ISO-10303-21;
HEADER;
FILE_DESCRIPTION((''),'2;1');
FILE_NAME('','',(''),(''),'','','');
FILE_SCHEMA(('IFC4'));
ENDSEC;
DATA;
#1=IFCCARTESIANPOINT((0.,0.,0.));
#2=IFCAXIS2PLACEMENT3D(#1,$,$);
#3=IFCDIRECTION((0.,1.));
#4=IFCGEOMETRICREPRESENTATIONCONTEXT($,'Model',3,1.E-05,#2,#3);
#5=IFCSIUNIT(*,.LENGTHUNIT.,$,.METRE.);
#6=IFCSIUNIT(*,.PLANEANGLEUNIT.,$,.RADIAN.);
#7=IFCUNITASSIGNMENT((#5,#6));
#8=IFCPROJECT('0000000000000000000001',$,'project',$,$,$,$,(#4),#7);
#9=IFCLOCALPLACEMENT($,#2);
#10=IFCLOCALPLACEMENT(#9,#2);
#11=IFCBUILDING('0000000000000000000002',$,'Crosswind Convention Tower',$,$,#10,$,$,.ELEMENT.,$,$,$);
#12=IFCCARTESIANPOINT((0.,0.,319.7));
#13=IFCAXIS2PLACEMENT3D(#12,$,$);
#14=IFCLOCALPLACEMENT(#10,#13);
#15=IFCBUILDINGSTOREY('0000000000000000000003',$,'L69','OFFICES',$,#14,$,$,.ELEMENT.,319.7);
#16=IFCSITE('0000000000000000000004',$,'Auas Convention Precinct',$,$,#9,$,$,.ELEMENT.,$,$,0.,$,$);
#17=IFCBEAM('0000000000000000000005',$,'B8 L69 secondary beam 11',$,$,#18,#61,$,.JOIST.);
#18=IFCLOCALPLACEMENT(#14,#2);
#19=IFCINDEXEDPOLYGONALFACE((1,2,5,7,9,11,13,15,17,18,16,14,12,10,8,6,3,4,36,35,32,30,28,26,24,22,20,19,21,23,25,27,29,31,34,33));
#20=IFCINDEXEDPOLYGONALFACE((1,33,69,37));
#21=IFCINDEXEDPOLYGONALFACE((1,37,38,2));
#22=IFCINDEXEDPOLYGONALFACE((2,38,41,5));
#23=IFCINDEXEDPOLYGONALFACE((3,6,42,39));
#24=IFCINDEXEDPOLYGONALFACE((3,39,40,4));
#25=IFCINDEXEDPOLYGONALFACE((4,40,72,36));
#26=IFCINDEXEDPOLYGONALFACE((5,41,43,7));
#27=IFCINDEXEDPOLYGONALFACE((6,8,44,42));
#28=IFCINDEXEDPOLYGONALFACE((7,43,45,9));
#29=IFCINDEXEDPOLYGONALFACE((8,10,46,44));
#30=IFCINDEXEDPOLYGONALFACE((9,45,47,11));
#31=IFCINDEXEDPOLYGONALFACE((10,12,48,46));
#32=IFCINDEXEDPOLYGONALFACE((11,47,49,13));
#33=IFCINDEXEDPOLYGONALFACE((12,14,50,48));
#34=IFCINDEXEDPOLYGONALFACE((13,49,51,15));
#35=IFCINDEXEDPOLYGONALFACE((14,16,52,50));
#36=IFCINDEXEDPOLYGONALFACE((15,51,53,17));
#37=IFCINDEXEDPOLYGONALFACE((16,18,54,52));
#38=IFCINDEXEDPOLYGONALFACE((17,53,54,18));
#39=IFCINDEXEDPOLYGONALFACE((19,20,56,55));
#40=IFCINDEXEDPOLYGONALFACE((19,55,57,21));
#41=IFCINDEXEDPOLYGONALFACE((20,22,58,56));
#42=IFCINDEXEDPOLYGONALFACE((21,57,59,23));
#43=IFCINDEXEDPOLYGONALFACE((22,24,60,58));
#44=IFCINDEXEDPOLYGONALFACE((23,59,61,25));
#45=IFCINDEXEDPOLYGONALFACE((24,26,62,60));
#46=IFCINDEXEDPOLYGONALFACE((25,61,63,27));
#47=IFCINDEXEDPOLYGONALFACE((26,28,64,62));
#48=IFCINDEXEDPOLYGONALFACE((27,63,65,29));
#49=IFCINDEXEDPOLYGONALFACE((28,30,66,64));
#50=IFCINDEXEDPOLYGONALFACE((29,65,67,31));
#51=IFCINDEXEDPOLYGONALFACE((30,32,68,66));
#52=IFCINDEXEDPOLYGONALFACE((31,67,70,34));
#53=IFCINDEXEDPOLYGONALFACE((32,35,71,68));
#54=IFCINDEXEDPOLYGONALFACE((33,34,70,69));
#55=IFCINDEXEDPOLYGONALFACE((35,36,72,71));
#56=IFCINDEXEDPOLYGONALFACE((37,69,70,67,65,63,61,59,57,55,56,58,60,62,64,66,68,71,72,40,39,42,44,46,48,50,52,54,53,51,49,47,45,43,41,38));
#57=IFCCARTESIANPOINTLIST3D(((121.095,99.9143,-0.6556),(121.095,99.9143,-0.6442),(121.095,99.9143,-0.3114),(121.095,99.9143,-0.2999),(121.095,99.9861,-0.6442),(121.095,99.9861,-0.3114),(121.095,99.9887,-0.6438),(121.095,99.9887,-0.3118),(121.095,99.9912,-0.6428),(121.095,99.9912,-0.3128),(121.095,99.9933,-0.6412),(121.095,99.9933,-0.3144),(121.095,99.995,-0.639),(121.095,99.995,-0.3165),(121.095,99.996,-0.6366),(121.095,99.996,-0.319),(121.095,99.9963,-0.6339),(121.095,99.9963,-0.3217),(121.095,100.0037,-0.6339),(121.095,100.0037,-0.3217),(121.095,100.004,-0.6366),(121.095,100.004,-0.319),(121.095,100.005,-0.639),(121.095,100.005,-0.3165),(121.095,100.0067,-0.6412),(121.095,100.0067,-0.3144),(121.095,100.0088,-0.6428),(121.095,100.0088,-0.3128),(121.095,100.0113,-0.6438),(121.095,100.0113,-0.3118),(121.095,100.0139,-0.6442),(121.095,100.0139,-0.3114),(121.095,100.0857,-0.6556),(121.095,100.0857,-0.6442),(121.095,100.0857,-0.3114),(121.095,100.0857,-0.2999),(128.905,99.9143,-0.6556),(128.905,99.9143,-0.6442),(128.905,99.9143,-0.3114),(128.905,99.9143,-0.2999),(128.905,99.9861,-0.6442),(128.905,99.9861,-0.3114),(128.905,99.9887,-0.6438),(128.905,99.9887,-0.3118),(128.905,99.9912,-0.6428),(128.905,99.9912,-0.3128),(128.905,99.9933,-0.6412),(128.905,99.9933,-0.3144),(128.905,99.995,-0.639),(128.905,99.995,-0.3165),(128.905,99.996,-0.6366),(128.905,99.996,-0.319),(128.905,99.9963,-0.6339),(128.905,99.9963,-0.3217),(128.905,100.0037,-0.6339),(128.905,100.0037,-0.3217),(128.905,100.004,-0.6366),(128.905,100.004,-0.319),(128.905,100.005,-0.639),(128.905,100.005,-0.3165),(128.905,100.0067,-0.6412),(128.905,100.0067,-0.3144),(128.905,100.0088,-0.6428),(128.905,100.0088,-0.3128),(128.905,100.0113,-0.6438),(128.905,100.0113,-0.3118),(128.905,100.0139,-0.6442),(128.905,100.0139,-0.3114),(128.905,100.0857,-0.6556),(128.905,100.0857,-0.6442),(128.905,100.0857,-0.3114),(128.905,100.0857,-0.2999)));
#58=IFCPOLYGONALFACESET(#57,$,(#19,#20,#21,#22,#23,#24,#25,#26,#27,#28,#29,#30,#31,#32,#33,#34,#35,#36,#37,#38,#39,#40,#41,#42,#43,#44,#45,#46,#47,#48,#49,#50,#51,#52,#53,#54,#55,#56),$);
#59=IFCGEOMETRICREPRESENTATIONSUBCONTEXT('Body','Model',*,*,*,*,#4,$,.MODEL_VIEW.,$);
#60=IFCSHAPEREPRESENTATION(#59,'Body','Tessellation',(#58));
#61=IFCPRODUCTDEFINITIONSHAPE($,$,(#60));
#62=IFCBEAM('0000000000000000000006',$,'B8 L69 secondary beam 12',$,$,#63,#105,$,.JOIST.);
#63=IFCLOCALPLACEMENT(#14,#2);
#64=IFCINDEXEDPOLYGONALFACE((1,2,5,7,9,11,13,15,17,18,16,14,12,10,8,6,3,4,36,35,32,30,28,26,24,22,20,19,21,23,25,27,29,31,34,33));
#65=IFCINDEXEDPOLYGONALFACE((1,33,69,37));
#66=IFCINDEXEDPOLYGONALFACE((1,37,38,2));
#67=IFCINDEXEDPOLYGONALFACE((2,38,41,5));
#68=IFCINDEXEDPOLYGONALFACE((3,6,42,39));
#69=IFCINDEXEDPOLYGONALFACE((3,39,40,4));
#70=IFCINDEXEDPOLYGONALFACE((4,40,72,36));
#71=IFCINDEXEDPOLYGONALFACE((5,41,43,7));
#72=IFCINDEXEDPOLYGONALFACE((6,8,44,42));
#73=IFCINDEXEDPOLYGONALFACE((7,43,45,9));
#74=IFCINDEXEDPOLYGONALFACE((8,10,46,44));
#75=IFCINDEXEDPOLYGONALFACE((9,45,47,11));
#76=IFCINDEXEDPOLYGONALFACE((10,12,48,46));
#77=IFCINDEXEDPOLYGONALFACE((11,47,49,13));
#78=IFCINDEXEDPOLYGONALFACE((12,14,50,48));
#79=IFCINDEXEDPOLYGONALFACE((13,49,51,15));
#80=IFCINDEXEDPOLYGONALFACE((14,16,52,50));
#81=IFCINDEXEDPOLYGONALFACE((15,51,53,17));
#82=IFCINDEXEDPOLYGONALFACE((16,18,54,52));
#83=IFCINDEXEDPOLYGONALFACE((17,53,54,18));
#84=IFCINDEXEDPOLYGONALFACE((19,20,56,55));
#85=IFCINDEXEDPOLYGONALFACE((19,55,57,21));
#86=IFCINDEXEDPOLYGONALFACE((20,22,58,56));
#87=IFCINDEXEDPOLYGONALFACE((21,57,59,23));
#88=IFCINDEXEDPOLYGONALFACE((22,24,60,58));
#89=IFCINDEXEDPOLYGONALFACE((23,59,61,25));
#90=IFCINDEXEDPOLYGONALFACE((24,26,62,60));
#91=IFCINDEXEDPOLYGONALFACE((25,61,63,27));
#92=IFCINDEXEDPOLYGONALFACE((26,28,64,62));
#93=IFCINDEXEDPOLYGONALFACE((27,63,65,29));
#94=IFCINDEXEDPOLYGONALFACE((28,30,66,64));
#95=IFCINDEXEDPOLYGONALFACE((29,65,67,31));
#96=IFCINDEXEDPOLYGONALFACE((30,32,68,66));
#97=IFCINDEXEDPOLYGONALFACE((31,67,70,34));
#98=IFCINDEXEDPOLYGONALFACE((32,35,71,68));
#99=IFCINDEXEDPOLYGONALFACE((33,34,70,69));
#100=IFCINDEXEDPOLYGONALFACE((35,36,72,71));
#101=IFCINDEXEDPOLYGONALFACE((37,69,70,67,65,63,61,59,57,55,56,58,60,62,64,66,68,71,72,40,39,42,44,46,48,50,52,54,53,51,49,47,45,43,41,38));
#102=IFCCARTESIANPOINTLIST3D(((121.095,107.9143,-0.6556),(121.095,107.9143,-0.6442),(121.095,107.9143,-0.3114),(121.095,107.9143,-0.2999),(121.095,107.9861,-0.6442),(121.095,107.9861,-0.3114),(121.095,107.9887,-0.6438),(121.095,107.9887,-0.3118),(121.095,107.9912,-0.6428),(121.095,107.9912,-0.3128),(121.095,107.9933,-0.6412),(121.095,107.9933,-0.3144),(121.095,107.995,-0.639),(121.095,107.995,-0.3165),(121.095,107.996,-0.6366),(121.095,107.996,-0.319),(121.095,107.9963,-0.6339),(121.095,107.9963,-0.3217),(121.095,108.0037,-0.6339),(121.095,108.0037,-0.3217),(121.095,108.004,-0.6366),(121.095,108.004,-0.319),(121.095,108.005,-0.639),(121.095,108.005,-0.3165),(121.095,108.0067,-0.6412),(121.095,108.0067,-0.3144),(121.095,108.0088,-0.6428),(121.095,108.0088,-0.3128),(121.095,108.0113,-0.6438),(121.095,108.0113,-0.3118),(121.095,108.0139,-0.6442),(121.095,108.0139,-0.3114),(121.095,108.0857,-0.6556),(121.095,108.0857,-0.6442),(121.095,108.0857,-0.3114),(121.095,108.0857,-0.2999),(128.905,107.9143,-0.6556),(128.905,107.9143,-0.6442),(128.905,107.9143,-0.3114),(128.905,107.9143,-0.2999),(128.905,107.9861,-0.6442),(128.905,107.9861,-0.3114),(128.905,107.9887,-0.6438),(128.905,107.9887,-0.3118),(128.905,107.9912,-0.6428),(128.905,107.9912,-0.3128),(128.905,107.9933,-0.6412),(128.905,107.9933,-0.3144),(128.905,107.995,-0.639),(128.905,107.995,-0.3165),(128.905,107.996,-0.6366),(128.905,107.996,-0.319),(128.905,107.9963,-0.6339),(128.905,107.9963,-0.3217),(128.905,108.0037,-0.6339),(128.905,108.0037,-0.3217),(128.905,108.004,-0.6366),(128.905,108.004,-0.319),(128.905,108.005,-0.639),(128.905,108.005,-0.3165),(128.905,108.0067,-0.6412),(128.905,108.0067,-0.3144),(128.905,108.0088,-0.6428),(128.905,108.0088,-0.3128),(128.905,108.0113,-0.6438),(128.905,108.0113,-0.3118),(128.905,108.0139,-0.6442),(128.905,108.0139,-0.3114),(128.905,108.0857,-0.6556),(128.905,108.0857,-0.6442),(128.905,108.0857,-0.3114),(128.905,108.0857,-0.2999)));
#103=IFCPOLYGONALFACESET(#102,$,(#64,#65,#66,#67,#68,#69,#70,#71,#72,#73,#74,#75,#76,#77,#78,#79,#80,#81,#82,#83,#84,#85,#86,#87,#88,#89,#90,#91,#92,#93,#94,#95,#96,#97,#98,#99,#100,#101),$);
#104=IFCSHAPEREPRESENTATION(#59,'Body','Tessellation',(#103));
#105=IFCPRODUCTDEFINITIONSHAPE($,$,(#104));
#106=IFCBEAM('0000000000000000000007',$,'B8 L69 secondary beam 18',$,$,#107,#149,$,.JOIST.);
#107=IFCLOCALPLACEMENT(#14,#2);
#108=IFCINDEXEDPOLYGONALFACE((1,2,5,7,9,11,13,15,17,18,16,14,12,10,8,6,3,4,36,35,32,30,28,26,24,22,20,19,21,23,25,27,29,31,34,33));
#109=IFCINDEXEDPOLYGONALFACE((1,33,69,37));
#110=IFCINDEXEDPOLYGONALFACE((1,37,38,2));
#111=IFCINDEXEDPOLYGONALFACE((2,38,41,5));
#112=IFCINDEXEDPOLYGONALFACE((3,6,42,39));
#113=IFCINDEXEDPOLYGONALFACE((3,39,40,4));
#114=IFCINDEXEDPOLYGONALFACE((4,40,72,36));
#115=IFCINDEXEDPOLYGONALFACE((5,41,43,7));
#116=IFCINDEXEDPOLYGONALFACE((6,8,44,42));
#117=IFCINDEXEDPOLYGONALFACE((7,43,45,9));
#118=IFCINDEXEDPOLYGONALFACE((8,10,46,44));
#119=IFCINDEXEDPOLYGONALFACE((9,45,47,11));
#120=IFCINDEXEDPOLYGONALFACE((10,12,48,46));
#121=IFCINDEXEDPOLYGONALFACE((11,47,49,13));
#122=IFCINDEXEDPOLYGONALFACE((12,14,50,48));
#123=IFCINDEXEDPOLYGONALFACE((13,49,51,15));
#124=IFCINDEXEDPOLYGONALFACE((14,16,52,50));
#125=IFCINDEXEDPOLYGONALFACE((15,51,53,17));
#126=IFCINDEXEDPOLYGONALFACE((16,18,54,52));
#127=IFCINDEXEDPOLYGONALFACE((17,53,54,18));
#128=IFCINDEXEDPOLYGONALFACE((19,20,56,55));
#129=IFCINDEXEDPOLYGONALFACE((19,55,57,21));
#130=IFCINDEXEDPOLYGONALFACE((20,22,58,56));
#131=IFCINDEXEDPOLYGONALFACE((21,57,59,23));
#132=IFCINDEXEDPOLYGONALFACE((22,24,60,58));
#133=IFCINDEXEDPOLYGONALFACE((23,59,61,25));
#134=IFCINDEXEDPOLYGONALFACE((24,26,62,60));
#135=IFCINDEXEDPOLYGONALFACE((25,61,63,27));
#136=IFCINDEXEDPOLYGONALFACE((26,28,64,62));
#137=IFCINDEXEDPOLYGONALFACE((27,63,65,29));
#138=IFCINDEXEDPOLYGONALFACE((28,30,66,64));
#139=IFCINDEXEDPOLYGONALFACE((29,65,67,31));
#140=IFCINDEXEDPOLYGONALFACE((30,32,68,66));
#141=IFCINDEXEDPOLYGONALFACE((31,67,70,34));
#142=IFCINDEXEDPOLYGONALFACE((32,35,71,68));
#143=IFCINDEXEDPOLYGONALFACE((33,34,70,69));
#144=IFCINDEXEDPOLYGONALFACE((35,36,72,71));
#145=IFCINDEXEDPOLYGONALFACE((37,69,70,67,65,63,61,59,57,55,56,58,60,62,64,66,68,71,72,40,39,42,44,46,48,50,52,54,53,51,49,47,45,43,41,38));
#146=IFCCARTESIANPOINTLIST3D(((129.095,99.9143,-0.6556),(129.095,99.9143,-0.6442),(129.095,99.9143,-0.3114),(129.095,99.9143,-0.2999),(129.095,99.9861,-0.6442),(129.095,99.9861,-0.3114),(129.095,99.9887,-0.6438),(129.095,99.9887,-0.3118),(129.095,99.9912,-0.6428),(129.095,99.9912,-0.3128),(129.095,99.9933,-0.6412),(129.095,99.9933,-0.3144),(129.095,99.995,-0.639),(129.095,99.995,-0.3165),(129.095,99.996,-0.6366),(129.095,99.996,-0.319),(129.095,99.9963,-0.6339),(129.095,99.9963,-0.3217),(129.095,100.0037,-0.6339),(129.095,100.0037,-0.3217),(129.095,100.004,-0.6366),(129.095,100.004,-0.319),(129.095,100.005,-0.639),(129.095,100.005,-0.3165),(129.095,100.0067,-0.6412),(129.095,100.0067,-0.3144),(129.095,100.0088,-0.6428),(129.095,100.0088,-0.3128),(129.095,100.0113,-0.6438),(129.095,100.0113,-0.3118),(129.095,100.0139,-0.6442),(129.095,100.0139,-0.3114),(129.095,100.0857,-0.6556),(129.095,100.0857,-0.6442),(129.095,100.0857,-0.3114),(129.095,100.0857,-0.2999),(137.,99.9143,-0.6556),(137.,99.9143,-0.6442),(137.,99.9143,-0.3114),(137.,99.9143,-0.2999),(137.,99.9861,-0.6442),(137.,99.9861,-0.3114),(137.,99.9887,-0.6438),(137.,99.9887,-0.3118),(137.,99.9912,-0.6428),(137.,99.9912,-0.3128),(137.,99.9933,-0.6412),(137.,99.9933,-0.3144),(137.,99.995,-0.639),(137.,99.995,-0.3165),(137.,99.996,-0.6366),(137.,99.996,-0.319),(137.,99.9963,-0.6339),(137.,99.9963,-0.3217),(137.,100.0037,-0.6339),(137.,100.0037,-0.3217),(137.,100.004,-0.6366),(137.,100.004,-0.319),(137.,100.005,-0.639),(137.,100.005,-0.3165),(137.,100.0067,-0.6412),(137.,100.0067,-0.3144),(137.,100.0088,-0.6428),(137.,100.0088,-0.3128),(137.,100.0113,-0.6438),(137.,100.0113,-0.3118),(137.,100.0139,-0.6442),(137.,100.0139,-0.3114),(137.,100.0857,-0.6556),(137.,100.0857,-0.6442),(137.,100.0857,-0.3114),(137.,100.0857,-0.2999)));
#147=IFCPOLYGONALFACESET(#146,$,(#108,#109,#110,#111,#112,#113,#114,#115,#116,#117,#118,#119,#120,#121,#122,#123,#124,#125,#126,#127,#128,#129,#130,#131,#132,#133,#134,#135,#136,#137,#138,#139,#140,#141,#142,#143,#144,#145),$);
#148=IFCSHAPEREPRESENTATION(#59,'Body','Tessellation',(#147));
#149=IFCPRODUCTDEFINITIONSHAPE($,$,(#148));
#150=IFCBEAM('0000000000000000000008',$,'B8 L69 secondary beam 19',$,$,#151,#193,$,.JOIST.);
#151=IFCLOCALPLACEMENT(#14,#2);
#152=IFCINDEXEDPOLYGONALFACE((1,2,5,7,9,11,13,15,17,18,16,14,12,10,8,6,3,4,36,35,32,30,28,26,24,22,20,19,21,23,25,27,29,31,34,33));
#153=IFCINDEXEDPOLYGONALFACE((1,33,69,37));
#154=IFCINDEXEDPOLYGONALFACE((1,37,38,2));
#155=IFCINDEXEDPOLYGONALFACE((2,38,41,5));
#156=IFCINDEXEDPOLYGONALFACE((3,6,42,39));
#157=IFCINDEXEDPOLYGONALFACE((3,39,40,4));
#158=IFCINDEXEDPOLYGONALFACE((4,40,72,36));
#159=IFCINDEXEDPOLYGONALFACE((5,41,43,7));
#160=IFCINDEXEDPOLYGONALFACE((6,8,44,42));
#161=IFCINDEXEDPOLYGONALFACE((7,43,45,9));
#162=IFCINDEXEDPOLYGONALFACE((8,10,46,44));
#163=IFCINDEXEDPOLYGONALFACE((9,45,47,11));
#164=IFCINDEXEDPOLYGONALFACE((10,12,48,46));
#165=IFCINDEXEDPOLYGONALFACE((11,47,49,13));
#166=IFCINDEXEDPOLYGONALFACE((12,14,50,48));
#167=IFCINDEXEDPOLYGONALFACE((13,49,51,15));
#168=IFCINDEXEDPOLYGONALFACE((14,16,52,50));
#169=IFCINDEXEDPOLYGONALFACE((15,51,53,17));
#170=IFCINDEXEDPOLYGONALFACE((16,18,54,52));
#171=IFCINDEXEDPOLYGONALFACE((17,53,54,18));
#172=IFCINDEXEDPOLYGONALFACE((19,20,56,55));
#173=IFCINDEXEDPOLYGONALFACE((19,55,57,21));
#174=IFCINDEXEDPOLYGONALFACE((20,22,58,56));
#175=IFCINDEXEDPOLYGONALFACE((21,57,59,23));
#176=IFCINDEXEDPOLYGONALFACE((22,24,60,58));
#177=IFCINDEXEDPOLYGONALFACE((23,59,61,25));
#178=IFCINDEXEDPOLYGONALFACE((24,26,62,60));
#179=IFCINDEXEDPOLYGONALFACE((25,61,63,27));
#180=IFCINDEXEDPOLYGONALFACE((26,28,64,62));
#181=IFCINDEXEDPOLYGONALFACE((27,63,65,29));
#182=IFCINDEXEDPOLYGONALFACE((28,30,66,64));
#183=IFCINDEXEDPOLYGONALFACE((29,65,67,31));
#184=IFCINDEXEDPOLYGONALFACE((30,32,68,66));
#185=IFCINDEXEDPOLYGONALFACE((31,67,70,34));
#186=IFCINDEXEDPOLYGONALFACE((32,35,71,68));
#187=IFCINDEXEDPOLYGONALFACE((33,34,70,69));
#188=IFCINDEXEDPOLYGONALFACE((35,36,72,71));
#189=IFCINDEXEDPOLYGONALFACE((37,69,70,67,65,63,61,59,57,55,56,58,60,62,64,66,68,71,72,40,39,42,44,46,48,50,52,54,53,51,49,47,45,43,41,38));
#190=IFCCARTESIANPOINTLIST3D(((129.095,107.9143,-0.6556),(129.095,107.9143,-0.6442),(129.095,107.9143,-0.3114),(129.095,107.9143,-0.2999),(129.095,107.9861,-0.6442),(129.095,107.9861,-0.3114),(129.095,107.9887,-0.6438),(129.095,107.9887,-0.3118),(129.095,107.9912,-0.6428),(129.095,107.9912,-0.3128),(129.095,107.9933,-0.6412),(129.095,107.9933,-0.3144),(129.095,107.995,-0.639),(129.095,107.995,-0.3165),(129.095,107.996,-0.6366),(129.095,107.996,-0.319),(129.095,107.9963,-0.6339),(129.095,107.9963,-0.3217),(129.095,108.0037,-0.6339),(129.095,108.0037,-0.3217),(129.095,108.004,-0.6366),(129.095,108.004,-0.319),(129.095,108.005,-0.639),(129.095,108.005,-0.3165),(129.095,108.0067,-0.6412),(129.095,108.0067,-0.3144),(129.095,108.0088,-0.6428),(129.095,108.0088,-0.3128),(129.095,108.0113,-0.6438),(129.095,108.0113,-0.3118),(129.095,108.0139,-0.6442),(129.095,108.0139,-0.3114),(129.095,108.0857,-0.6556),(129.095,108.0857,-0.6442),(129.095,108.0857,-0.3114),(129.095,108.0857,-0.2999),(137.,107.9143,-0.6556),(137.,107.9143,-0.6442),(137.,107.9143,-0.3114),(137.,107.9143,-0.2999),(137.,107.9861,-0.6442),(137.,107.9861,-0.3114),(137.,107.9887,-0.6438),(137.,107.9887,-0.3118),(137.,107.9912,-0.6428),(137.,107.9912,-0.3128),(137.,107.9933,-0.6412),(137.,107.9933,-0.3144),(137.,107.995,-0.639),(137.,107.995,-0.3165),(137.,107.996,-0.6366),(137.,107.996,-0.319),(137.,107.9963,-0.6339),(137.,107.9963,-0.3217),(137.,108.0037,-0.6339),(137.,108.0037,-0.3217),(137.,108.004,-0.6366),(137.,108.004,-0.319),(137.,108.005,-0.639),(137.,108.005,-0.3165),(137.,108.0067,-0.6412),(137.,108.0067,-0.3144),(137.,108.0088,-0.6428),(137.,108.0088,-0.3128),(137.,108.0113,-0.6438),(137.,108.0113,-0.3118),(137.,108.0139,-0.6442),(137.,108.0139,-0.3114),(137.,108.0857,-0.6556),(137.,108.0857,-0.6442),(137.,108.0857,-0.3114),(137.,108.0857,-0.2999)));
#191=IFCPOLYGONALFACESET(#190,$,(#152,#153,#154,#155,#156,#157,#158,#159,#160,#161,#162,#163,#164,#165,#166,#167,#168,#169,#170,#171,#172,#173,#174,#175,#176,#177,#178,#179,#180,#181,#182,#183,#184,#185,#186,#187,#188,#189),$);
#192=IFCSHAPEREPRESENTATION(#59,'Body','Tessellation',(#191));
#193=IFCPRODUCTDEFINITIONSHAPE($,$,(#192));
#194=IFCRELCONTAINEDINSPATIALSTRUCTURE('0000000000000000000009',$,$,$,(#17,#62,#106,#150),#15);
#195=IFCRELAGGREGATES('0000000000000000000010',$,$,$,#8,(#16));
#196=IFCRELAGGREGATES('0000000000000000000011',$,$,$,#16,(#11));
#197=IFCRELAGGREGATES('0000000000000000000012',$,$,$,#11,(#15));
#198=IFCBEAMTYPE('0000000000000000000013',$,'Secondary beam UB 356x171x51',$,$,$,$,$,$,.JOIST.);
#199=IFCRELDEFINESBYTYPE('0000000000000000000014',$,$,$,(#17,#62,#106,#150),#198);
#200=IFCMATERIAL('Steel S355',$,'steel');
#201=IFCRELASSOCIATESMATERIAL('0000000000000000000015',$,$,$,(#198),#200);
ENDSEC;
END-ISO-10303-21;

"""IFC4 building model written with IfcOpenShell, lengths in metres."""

from ifc_helpers import new_model, si_unit, direction, frame, origin, origin_2d, place, context, subcontext, project, spatial, i_section, extrude, material, material_profile, profile_set, type_object, element, save


model = new_model("IFC4")

# Units and contexts
model_context = context("Model", 3, precision=1e-05, world=origin(), true_north=direction((0.0, 1.0)))
body_context = subcontext(model_context, "Body", "Model", "MODEL_VIEW")
ifc_project = project(units=[si_unit("LENGTHUNIT", "METRE"), si_unit("PLANEANGLEUNIT", "RADIAN")], contexts=[model_context])

# Site, building, storey
site_placement = place(None, origin())
site = spatial("IfcSite", under=ifc_project, at=site_placement, Name="Auas Convention Precinct", CompositionType="ELEMENT", RefElevation=0.0)
building_placement = place(site_placement, origin())
building = spatial("IfcBuilding", under=site, at=building_placement, Name="Crosswind Convention Tower", CompositionType="ELEMENT")
storey_placement = place(building_placement, frame((0.0, 0.0, 319.7)))
storey = spatial("IfcBuildingStorey", under=building, at=storey_placement, Name="L69", Description="OFFICES", CompositionType="ELEMENT", Elevation=319.7)

# Beams
ifc_material_1 = material(Name="Steel S355", Category="steel")
ifc_material_profile_1 = material_profile(ifc_material_1, i_section(OverallWidth=0.1714, OverallDepth=0.3557, WebThickness=0.0073, FlangeThickness=0.0115, FilletRadius=0.0103, at=origin_2d()), Name="UB 356x171x51")
ifc_profile_set_1 = profile_set([ifc_material_profile_1], Name="Steel S355")
beam_type_1 = type_object("IfcBeamType", Name="Secondary beam UB 356x171x51", PredefinedType="JOIST", material=ifc_profile_set_1)
for number, where, z_axis, x_axis, name in (
    (1, (121.095, 100.0, -0.4778), (1.0, 0.0, 0.0), (0.0, 1.0, 0.0), "B8 L69 secondary beam 11"),
    (2, (121.095, 108.0, -0.4778), (1.0, 0.0, 0.0), (0.0, 1.0, 0.0), "B8 L69 secondary beam 12"),
):
    element("IfcBeam", number, at=place(storey_placement, frame(where, z_axis=z_axis, x_axis=x_axis)), inside=storey, type_object=beam_type_1, Name=name, PredefinedType="JOIST", context=body_context, shape_type="SweptSolid", body=[
        extrude(i_section(OverallWidth=0.1714, OverallDepth=0.3557, WebThickness=0.0073, FlangeThickness=0.0115, FilletRadius=0.0103, at=origin_2d()), origin(), (0.0, 0.0, 1.0), 7.8101),
    ])
for number, where, z_axis, x_axis, name in (
    (3, (129.095, 100.0, -0.4778), (1.0, 0.0, 0.0), (0.0, 1.0, 0.0), "B8 L69 secondary beam 18"),
    (4, (129.095, 108.0, -0.4778), (1.0, 0.0, 0.0), (0.0, 1.0, 0.0), "B8 L69 secondary beam 19"),
):
    element("IfcBeam", number, at=place(storey_placement, frame(where, z_axis=z_axis, x_axis=x_axis)), inside=storey, type_object=beam_type_1, Name=name, PredefinedType="JOIST", context=body_context, shape_type="SweptSolid", body=[
        extrude(i_section(OverallWidth=0.1714, OverallDepth=0.3557, WebThickness=0.0073, FlangeThickness=0.0115, FilletRadius=0.0103, at=origin_2d()), origin(), (0.0, 0.0, 1.0), 7.905),
    ])

save(model, "model.ifc")
